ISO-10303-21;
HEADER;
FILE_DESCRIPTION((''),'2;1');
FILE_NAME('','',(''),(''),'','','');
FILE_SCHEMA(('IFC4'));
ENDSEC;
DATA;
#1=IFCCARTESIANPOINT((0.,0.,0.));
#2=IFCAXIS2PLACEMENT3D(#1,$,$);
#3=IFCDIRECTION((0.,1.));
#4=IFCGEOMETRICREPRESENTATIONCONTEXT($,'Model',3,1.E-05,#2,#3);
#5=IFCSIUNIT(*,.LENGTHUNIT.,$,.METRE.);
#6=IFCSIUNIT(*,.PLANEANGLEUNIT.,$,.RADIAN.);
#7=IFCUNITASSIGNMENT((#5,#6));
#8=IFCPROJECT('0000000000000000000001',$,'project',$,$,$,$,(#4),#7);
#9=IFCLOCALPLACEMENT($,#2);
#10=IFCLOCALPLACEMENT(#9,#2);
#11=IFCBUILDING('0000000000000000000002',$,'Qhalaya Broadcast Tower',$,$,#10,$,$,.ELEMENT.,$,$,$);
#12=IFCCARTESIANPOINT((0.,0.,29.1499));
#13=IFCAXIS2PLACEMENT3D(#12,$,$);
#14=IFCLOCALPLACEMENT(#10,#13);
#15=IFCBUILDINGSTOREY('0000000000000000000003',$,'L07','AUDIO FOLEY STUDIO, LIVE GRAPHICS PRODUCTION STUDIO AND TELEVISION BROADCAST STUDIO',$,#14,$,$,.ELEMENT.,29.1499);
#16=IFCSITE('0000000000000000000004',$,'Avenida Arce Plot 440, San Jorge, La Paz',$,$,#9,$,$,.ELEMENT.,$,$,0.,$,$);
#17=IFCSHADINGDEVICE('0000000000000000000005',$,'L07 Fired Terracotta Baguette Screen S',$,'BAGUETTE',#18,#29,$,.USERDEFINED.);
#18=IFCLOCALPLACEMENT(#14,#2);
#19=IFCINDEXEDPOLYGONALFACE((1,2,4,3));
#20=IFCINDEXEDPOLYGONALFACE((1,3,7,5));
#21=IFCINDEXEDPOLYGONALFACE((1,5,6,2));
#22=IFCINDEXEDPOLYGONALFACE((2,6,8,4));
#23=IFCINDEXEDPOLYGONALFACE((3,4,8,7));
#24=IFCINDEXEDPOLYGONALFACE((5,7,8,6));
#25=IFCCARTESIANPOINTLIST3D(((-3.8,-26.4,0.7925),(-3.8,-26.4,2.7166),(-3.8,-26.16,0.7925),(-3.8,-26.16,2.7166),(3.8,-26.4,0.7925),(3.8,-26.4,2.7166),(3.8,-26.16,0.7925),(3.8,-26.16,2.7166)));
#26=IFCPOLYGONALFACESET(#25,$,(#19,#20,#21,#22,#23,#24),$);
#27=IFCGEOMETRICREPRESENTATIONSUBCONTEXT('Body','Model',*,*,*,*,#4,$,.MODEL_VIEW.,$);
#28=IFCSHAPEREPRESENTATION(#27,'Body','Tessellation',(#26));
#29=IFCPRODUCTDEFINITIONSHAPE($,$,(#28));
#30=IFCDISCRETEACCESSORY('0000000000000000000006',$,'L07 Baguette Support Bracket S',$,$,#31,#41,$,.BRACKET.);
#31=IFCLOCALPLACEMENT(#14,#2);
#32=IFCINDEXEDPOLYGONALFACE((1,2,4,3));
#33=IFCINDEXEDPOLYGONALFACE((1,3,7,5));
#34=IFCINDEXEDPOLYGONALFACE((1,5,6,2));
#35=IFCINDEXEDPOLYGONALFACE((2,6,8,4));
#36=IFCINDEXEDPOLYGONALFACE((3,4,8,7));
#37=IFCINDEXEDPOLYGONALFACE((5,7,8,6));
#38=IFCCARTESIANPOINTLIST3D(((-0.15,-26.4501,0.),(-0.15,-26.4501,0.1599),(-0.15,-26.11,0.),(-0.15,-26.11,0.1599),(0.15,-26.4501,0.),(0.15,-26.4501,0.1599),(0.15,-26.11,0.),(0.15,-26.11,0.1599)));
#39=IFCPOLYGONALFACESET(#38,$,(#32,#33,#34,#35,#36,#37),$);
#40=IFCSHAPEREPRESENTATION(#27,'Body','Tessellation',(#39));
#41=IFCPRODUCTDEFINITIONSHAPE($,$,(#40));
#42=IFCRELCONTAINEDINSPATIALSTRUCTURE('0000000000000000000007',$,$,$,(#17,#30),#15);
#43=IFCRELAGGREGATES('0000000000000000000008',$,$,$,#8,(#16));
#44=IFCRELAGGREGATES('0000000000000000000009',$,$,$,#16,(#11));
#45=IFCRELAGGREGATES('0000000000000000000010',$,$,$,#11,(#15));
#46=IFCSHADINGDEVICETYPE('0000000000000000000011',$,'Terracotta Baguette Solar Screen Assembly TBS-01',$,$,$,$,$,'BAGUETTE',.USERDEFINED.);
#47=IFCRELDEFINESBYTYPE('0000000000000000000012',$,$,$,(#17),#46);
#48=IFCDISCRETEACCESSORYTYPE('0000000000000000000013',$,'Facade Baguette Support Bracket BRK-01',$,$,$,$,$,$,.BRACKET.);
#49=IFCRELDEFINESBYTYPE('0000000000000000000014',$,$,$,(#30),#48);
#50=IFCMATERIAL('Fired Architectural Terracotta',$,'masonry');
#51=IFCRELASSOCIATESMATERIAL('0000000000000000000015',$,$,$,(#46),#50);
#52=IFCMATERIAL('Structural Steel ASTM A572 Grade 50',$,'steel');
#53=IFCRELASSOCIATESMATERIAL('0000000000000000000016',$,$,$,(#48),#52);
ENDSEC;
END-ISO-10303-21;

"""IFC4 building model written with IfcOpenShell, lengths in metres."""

from ifc_helpers import new_model, si_unit, direction, frame, origin, origin_2d, place, context, subcontext, project, spatial, rectangle, extrude, material, type_object, element, save


model = new_model("IFC4")

# Units and contexts
model_context = context("Model", 3, precision=1e-05, world=origin(), true_north=direction((0.0, 1.0)))
body_context = subcontext(model_context, "Body", "Model", "MODEL_VIEW")
ifc_project = project(units=[si_unit("LENGTHUNIT", "METRE"), si_unit("PLANEANGLEUNIT", "RADIAN")], contexts=[model_context])

# Site, building, storey
site_placement = place(None, origin())
site = spatial("IfcSite", under=ifc_project, at=site_placement, Name="Avenida Arce Plot 440, San Jorge, La Paz", CompositionType="ELEMENT", RefElevation=0.0)
building_placement = place(site_placement, origin())
building = spatial("IfcBuilding", under=site, at=building_placement, Name="Qhalaya Broadcast Tower", CompositionType="ELEMENT")
storey_placement = place(building_placement, frame((0.0, 0.0, 29.1499)))
storey = spatial("IfcBuildingStorey", under=building, at=storey_placement, Name="L07", Description="AUDIO FOLEY STUDIO, LIVE GRAPHICS PRODUCTION STUDIO AND TELEVISION BROADCAST STUDIO", CompositionType="ELEMENT", Elevation=29.1499)

# Shared definitions
ifc_material_1 = material(Name="Structural Steel ASTM A572 Grade 50", Category="steel")

# Shading device
ifc_material_2 = material(Name="Fired Architectural Terracotta", Category="masonry")
shading_device_type = type_object("IfcShadingDeviceType", Name="Terracotta Baguette Solar Screen Assembly TBS-01", ElementType="BAGUETTE", PredefinedType="USERDEFINED", material=ifc_material_2)
shading_device_placement = place(storey_placement, frame((0.0, -26.28, 0.7925), z_axis=(0.0, 0.0, 1.0), x_axis=(1.0, 0.0, 0.0)))
element("IfcShadingDevice", 1, at=shading_device_placement, inside=storey, type_object=shading_device_type, Name="L07 Fired Terracotta Baguette Screen S", ObjectType="BAGUETTE", PredefinedType="USERDEFINED", context=body_context, shape_type="SweptSolid", body=[
    extrude(rectangle(XDim=7.6001, YDim=0.24, at=origin_2d()), origin(), (0.0, 0.0, 1.0), 1.9241),
])

# Discrete accessory
discrete_accessory_type = type_object("IfcDiscreteAccessoryType", Name="Facade Baguette Support Bracket BRK-01", PredefinedType="BRACKET", material=ifc_material_1)
discrete_accessory_placement = place(storey_placement, frame((0.0, -26.28, 0.0), z_axis=(0.0, 0.0, 1.0), x_axis=(1.0, 0.0, 0.0)))
element("IfcDiscreteAccessory", 2, at=discrete_accessory_placement, inside=storey, type_object=discrete_accessory_type, Name="L07 Baguette Support Bracket S", PredefinedType="BRACKET", context=body_context, shape_type="SweptSolid", body=[
    extrude(rectangle(XDim=0.3, YDim=0.3401, at=origin_2d()), origin(), (0.0, 0.0, 1.0), 0.1599),
])

save(model, "model.ifc")
